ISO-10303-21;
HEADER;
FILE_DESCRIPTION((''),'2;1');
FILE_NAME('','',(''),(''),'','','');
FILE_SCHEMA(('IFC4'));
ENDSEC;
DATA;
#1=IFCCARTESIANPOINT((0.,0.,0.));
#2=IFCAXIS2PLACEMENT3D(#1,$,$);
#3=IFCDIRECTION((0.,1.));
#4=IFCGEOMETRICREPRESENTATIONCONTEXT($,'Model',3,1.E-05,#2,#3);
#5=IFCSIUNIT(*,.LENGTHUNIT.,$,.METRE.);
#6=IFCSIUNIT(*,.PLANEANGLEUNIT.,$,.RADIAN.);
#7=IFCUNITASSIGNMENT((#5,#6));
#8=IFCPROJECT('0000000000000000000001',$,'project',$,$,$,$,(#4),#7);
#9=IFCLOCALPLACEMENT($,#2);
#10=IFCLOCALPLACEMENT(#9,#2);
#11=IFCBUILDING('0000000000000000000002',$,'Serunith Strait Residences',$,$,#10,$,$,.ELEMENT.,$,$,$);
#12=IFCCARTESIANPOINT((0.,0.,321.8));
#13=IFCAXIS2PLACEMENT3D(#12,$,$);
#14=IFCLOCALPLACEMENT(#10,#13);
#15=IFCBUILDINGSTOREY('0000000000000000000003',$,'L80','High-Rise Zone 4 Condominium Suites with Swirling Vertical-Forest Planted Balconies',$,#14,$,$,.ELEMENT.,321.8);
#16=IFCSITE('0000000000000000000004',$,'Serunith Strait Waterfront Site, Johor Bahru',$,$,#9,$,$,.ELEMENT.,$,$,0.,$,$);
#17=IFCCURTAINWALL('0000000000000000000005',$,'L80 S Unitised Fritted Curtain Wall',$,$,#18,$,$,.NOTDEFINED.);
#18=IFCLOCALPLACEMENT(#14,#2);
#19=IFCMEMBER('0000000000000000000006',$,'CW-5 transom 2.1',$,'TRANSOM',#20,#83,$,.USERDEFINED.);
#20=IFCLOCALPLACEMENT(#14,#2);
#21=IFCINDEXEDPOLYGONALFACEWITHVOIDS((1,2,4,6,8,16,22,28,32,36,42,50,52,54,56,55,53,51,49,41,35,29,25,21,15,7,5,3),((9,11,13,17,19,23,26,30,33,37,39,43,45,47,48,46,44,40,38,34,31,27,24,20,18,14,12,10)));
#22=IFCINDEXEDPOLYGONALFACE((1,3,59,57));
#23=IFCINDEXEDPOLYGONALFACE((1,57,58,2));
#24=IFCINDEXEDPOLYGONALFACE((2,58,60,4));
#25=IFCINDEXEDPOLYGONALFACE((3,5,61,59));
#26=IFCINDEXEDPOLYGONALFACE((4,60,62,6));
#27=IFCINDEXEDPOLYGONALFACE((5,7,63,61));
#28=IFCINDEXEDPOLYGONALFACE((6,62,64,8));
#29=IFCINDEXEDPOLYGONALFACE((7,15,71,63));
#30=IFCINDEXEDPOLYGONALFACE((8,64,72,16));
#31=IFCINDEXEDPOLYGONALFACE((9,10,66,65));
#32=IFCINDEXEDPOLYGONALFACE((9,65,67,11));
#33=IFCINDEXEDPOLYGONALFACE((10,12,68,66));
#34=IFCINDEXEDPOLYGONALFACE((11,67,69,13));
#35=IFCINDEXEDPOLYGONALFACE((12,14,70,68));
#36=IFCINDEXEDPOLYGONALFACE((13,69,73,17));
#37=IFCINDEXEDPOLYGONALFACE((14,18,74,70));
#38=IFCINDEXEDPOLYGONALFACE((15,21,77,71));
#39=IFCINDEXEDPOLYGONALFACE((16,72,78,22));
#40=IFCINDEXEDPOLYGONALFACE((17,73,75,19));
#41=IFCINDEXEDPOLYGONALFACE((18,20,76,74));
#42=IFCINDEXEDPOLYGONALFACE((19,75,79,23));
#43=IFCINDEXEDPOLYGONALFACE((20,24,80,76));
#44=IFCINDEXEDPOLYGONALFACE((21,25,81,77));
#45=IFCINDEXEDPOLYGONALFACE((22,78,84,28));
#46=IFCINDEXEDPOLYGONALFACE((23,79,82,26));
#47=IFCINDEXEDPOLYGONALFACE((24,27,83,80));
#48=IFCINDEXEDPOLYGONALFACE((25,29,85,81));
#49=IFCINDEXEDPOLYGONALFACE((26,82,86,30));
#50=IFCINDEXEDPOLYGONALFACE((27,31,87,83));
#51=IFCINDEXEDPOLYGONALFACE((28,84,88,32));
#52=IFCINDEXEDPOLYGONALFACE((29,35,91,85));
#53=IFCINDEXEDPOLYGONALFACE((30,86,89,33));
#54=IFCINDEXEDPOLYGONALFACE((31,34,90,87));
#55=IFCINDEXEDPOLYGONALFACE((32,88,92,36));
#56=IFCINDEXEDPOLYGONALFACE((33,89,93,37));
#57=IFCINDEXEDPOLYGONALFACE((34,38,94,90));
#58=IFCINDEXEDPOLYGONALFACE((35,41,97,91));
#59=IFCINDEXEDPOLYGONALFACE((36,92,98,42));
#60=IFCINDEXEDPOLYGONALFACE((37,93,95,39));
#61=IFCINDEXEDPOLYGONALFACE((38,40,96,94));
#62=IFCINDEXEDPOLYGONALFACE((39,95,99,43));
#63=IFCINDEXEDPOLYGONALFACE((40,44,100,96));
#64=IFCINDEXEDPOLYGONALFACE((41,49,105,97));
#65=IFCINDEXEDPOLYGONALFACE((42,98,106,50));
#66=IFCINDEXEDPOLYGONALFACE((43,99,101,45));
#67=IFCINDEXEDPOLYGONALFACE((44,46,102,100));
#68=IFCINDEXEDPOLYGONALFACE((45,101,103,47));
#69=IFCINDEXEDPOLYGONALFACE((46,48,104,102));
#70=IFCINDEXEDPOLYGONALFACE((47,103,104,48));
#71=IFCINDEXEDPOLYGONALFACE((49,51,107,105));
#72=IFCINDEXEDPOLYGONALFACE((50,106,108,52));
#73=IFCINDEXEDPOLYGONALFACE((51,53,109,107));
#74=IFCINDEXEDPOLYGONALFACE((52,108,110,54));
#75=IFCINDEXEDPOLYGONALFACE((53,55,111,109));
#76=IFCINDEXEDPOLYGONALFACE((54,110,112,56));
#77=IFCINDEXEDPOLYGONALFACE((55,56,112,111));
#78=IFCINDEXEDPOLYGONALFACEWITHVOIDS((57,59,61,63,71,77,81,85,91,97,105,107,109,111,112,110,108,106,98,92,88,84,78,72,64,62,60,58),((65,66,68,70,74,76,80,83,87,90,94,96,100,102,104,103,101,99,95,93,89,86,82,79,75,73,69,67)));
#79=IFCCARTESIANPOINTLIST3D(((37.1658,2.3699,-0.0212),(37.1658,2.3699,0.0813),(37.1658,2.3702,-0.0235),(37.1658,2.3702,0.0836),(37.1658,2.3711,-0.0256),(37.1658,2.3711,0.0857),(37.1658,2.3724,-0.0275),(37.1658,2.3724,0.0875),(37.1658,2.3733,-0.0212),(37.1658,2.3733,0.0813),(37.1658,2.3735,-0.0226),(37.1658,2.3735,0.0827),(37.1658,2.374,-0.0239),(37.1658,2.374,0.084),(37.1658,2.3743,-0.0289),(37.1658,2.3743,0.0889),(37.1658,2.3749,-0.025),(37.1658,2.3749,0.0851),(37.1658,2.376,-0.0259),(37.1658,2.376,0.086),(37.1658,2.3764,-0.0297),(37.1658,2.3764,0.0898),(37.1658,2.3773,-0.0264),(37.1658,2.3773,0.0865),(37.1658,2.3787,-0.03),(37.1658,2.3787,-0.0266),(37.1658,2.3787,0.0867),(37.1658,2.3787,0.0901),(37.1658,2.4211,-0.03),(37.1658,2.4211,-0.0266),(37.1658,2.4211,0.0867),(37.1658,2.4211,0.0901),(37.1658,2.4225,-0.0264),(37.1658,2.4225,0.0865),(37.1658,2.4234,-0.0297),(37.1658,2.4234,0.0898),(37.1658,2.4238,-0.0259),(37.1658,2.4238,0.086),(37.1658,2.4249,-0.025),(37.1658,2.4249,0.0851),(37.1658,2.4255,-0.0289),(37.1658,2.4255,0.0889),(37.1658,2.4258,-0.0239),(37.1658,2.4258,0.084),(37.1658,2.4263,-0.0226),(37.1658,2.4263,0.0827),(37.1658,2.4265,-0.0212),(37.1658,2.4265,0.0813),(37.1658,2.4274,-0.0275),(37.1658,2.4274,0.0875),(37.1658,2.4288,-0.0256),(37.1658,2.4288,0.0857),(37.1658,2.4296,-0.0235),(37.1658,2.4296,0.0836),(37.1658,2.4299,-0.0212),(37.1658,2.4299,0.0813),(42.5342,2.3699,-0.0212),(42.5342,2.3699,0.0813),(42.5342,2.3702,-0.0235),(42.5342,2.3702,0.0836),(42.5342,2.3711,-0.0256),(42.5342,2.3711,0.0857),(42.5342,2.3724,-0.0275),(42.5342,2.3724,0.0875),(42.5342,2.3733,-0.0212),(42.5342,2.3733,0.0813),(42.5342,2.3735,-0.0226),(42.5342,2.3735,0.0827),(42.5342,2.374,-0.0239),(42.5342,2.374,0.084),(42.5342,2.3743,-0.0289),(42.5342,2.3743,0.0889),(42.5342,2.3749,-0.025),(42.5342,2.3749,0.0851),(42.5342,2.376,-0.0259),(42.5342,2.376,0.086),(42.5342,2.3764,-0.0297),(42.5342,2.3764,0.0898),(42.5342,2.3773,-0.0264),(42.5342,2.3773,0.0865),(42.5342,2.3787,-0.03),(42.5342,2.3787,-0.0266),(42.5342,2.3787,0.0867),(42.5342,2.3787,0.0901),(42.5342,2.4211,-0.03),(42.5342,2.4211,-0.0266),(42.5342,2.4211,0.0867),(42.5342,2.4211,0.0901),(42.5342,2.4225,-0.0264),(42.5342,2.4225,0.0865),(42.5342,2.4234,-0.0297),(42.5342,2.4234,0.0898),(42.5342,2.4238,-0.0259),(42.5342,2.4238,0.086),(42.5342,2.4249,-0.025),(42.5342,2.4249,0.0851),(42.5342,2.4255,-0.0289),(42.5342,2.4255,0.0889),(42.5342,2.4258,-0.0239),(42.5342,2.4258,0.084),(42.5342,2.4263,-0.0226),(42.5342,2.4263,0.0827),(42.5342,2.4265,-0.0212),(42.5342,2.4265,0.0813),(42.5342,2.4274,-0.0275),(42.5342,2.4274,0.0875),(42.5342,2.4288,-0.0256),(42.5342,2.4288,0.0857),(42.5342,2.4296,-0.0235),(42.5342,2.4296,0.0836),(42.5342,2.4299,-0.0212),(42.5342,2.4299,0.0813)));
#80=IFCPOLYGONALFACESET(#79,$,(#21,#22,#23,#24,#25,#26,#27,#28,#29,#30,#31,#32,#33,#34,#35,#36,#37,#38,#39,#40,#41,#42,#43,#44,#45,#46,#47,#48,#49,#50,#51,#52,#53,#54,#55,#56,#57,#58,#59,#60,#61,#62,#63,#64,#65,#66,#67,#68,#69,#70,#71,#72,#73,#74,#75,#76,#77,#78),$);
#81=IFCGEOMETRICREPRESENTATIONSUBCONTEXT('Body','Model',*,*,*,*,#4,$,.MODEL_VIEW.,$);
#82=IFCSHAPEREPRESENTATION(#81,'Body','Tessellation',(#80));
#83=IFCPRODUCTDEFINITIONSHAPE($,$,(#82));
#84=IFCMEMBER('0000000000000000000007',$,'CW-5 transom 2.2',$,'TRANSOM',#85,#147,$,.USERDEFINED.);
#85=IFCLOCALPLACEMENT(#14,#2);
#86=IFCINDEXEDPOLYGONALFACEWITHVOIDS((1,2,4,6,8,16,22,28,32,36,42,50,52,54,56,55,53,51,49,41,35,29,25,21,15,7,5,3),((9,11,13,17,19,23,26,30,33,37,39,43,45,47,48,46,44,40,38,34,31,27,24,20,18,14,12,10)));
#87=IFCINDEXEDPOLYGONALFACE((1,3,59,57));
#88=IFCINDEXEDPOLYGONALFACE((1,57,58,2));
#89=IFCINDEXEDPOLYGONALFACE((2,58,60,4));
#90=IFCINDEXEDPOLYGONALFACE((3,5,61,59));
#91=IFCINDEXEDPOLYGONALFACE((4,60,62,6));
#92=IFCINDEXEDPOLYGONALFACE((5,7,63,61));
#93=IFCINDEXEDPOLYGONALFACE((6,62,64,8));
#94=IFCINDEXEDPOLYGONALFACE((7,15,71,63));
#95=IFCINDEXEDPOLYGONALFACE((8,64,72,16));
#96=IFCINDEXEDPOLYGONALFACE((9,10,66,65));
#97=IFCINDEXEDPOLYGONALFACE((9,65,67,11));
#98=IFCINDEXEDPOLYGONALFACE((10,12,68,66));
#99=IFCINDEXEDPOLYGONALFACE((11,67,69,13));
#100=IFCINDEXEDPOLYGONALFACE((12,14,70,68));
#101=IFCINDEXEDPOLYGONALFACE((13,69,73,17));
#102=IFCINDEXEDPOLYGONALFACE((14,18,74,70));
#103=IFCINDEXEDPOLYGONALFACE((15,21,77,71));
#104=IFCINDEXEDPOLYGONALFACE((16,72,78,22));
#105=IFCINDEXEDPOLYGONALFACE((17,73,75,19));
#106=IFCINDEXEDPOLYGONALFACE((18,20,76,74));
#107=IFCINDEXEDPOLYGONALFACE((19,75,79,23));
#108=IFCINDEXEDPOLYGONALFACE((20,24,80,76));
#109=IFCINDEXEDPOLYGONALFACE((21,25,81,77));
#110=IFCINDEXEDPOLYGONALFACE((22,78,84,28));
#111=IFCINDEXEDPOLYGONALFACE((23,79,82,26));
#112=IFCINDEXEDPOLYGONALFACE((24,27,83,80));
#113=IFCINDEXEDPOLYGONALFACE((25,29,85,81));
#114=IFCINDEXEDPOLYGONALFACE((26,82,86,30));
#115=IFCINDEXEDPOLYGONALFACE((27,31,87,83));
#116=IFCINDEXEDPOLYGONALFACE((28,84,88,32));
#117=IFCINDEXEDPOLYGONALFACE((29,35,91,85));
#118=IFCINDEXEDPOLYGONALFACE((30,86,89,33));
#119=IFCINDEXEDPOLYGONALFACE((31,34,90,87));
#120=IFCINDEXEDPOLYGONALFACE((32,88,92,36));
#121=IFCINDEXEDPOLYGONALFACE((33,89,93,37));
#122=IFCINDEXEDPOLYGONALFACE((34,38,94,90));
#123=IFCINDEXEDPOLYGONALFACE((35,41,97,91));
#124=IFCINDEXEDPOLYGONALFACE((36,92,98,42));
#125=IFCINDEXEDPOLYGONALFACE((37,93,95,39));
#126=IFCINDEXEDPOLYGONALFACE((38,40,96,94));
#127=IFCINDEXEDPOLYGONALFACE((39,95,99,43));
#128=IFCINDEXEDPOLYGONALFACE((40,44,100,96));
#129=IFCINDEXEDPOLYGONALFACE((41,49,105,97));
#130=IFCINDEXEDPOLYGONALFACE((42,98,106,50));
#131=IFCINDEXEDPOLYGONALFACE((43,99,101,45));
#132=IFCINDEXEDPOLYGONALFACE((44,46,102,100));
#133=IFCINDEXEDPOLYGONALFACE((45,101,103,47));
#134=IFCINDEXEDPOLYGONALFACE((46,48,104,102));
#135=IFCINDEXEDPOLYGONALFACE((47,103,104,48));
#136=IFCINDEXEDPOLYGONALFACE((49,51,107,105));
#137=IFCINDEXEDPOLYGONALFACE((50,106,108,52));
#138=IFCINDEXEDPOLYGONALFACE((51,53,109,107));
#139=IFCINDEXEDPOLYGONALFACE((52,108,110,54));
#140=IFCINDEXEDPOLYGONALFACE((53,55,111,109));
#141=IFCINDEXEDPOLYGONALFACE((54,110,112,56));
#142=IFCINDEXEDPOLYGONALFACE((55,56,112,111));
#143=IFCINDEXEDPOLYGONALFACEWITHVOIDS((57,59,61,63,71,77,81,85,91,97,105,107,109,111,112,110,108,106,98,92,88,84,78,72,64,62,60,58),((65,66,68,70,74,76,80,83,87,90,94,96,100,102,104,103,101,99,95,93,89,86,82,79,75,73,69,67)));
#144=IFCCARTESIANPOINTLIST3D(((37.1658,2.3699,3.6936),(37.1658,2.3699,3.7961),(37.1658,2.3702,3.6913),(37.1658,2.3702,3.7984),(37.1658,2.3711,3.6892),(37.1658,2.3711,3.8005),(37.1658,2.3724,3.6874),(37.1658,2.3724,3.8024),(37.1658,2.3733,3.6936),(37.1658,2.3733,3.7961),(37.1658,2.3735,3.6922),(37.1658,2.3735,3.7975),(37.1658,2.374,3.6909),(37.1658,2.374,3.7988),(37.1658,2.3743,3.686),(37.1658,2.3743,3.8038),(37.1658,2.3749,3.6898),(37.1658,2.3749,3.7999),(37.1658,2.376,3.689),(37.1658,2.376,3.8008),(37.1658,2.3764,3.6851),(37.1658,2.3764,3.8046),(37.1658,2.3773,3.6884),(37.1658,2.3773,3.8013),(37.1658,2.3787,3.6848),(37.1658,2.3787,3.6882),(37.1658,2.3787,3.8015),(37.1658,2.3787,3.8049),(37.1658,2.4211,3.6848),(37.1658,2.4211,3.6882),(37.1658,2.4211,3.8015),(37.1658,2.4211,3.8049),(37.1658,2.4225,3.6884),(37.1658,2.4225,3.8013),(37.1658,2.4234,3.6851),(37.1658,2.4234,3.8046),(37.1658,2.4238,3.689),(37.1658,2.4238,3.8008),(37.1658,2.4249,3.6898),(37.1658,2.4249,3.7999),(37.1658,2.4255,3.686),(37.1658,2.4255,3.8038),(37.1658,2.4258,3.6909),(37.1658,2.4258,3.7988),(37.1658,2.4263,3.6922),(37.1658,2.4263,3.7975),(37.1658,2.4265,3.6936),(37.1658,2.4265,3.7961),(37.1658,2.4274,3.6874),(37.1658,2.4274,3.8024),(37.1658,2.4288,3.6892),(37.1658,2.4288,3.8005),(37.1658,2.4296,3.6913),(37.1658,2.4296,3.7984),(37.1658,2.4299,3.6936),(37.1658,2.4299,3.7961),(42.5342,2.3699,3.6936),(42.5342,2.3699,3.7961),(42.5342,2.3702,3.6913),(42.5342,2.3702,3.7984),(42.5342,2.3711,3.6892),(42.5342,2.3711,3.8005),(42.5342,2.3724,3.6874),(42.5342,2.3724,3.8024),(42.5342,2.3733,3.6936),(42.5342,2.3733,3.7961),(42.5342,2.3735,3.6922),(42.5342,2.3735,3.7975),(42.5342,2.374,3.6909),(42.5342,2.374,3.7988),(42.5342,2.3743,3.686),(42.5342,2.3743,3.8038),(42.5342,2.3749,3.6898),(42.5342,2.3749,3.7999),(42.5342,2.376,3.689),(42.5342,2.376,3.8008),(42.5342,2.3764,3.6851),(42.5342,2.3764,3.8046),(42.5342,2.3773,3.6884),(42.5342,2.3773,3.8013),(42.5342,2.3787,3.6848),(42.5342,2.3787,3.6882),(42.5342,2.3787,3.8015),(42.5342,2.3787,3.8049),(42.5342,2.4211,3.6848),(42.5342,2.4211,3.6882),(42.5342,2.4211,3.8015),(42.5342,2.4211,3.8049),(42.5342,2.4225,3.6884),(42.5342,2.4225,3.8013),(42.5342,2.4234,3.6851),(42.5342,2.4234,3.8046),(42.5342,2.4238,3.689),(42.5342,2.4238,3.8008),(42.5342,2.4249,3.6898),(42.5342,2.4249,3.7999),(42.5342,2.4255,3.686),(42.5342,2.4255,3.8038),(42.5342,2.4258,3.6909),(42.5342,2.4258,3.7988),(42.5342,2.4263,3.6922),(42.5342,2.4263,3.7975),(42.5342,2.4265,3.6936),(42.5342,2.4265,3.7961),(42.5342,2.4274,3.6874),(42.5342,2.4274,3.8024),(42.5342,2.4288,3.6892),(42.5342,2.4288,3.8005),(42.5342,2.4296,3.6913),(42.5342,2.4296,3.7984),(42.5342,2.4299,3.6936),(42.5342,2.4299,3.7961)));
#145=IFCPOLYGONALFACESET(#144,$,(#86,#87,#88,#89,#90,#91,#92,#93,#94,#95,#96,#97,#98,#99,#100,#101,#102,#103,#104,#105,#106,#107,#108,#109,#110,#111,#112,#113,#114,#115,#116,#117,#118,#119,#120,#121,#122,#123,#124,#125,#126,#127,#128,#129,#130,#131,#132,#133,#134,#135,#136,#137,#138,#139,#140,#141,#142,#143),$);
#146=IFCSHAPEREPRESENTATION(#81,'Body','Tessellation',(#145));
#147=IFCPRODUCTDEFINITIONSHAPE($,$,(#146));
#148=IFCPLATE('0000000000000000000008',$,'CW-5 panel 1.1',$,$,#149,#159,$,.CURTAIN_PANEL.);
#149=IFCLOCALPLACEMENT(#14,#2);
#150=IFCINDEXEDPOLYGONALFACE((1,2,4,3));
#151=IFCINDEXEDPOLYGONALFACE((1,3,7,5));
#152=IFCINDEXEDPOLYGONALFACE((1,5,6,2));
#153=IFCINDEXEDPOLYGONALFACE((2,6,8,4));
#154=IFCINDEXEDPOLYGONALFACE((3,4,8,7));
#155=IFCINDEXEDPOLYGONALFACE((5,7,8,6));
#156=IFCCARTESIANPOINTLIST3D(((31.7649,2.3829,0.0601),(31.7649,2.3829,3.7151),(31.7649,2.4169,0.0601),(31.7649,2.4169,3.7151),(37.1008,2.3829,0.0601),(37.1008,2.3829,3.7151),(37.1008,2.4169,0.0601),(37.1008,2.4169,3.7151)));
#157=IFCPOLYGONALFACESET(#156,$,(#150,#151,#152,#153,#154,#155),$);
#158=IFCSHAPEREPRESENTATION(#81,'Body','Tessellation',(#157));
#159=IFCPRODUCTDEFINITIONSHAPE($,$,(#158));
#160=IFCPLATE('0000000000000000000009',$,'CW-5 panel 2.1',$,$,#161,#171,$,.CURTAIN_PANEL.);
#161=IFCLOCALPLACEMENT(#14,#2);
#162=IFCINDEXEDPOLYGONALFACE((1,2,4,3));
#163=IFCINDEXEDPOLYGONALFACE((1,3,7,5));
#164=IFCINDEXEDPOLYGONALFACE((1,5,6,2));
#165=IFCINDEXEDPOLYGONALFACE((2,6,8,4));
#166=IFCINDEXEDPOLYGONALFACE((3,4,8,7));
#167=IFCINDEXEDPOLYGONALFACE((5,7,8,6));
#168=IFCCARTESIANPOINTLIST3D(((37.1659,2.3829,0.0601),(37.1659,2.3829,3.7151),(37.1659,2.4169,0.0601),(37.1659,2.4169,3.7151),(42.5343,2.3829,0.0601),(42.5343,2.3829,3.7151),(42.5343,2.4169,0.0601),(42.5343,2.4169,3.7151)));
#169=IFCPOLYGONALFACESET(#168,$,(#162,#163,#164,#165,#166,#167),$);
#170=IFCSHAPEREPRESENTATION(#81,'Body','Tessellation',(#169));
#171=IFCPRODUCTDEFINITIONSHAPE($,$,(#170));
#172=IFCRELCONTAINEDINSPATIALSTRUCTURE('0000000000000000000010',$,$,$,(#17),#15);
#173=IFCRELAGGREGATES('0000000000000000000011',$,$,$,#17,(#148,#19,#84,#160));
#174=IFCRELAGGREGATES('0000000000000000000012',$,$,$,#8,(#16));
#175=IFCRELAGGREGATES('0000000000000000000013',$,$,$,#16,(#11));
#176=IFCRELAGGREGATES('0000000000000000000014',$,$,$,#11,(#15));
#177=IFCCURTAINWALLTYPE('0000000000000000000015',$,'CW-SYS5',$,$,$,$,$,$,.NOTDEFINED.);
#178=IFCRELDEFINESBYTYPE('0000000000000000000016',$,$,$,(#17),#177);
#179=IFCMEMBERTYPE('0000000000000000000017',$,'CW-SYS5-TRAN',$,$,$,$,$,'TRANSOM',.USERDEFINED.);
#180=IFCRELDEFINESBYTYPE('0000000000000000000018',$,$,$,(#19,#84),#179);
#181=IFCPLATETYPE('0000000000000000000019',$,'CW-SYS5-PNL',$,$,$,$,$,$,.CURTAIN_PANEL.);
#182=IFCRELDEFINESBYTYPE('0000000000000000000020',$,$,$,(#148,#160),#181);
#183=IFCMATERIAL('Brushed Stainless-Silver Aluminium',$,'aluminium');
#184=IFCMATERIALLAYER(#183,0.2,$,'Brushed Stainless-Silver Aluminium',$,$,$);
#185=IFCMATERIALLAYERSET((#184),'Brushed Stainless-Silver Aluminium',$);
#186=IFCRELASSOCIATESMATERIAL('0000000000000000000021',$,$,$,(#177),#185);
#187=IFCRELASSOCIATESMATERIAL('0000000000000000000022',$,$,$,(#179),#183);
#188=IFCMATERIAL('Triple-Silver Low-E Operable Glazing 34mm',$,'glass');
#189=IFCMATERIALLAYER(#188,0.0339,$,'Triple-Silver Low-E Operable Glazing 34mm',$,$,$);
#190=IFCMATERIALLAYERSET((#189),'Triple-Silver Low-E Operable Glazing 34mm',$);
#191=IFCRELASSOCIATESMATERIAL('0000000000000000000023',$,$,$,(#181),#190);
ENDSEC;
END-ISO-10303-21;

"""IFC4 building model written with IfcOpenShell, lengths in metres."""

from ifc_helpers import new_model, si_unit, direction, frame, origin, origin_2d, place, context, subcontext, project, spatial, rectangle, hollow_rectangle, extrude, source, transform, mapped, material, layer, layer_set, material_profile, profile_set, type_object, element, aggregate, save


model = new_model("IFC4")

# Units and contexts
model_context = context("Model", 3, precision=1e-05, world=origin(), true_north=direction((0.0, 1.0)))
body_context = subcontext(model_context, "Body", "Model", "MODEL_VIEW")
ifc_project = project(units=[si_unit("LENGTHUNIT", "METRE"), si_unit("PLANEANGLEUNIT", "RADIAN")], contexts=[model_context])

# Site, building, storey
site_placement = place(None, origin())
site = spatial("IfcSite", under=ifc_project, at=site_placement, Name="Serunith Strait Waterfront Site, Johor Bahru", CompositionType="ELEMENT", RefElevation=0.0)
building_placement = place(site_placement, origin())
building = spatial("IfcBuilding", under=site, at=building_placement, Name="Serunith Strait Residences", CompositionType="ELEMENT")
storey_placement = place(building_placement, frame((0.0, 0.0, 321.8)))
storey = spatial("IfcBuildingStorey", under=building, at=storey_placement, Name="L80", Description="High-Rise Zone 4 Condominium Suites with Swirling Vertical-Forest Planted Balconies", CompositionType="ELEMENT", Elevation=321.8)

# Curtain wall, members, plates
ifc_material_1 = material(Name="Brushed Stainless-Silver Aluminium", Category="aluminium")
ifc_layer_1 = layer(ifc_material_1, 0.2, Name="Brushed Stainless-Silver Aluminium")
ifc_layer_set_1 = layer_set([ifc_layer_1], Name="Brushed Stainless-Silver Aluminium")
curtain_wall_type = type_object("IfcCurtainWallType", Name="CW-SYS5", PredefinedType="NOTDEFINED", material=ifc_layer_set_1)
curtain_wall_placement = place(storey_placement, origin())
curtain_wall = element("IfcCurtainWall", 1, at=curtain_wall_placement, inside=storey, type_object=curtain_wall_type, Name="L80 S Unitised Fritted Curtain Wall", PredefinedType="NOTDEFINED")
ifc_material_profile_1 = material_profile(ifc_material_1, hollow_rectangle(XDim=0.0601, YDim=0.1201, WallThickness=0.0034, InnerFilletRadius=0.0054, OuterFilletRadius=0.0088, at=origin_2d()), Name="ALU 120x60x3.5")
ifc_profile_set_1 = profile_set([ifc_material_profile_1], Name="Brushed Stainless-Silver Aluminium")
member_type_1 = type_object("IfcMemberType", Name="CW-SYS5-TRAN", ElementType="TRANSOM", PredefinedType="USERDEFINED", material=ifc_profile_set_1)
shared_shape_1 = source(origin(), body_context, "Body", "SweptSolid", [
    extrude(hollow_rectangle(XDim=0.0601, YDim=0.1201, WallThickness=0.0034, InnerFilletRadius=0.0054, OuterFilletRadius=0.0088, at=origin_2d()), origin(), (0.0, 0.0, 1.0), 5.3684),
])
member_1_placement = place(storey_placement, frame((37.1658, 2.3999, 0.03), z_axis=(1.0, 0.0, 0.0), x_axis=(0.0, 1.0, 0.0)))
member_1 = element("IfcMember", 2, at=member_1_placement, type_object=member_type_1, Name="CW-5 transom 2.1", ObjectType="TRANSOM", PredefinedType="USERDEFINED", context=body_context, shape_type="MappedRepresentation", body=[
    mapped(shared_shape_1, transform((0.0, 0.0, 0.0), scale=1.0)),
])
member_2_placement = place(storey_placement, frame((37.1658, 2.3999, 3.7449), z_axis=(1.0, 0.0, 0.0), x_axis=(0.0, 1.0, 0.0)))
member_2 = element("IfcMember", 3, at=member_2_placement, type_object=member_type_1, Name="CW-5 transom 2.2", ObjectType="TRANSOM", PredefinedType="USERDEFINED", context=body_context, shape_type="MappedRepresentation", body=[
    mapped(shared_shape_1, transform((0.0, 0.0, 0.0), scale=1.0)),
])
ifc_material_2 = material(Name="Triple-Silver Low-E Operable Glazing 34mm", Category="glass")
ifc_layer_2 = layer(ifc_material_2, 0.0339, Name="Triple-Silver Low-E Operable Glazing 34mm")
ifc_layer_set_2 = layer_set([ifc_layer_2], Name="Triple-Silver Low-E Operable Glazing 34mm")
plate_type = type_object("IfcPlateType", Name="CW-SYS5-PNL", PredefinedType="CURTAIN_PANEL", material=ifc_layer_set_2)
shared_shape_2 = source(origin(), body_context, "Body", "SweptSolid", [
    extrude(rectangle(XDim=5.3359, YDim=0.0339, at=origin_2d()), origin(), (0.0, 0.0, 1.0), 3.655),
])
plate_1_placement = place(storey_placement, frame((34.4329, 2.3999, 0.0601), z_axis=(0.0, 0.0, 1.0), x_axis=(1.0, 0.0, 0.0)))
plate_1 = element("IfcPlate", 4, at=plate_1_placement, type_object=plate_type, Name="CW-5 panel 1.1", PredefinedType="CURTAIN_PANEL", context=body_context, shape_type="MappedRepresentation", body=[
    mapped(shared_shape_2, transform((0.0, 0.0, 0.0), scale=1.0)),
])
shared_shape_3 = source(origin(), body_context, "Body", "SweptSolid", [
    extrude(rectangle(XDim=5.3684, YDim=0.0339, at=origin_2d()), origin(), (0.0, 0.0, 1.0), 3.655),
])
plate_2_placement = place(storey_placement, frame((39.8501, 2.3999, 0.0601), z_axis=(0.0, 0.0, 1.0), x_axis=(1.0, 0.0, 0.0)))
plate_2 = element("IfcPlate", 5, at=plate_2_placement, type_object=plate_type, Name="CW-5 panel 2.1", PredefinedType="CURTAIN_PANEL", context=body_context, shape_type="MappedRepresentation", body=[
    mapped(shared_shape_3, transform((0.0, 0.0, 0.0), scale=1.0)),
])
aggregate(curtain_wall, [plate_1, member_1, member_2, plate_2])

save(model, "model.ifc")
